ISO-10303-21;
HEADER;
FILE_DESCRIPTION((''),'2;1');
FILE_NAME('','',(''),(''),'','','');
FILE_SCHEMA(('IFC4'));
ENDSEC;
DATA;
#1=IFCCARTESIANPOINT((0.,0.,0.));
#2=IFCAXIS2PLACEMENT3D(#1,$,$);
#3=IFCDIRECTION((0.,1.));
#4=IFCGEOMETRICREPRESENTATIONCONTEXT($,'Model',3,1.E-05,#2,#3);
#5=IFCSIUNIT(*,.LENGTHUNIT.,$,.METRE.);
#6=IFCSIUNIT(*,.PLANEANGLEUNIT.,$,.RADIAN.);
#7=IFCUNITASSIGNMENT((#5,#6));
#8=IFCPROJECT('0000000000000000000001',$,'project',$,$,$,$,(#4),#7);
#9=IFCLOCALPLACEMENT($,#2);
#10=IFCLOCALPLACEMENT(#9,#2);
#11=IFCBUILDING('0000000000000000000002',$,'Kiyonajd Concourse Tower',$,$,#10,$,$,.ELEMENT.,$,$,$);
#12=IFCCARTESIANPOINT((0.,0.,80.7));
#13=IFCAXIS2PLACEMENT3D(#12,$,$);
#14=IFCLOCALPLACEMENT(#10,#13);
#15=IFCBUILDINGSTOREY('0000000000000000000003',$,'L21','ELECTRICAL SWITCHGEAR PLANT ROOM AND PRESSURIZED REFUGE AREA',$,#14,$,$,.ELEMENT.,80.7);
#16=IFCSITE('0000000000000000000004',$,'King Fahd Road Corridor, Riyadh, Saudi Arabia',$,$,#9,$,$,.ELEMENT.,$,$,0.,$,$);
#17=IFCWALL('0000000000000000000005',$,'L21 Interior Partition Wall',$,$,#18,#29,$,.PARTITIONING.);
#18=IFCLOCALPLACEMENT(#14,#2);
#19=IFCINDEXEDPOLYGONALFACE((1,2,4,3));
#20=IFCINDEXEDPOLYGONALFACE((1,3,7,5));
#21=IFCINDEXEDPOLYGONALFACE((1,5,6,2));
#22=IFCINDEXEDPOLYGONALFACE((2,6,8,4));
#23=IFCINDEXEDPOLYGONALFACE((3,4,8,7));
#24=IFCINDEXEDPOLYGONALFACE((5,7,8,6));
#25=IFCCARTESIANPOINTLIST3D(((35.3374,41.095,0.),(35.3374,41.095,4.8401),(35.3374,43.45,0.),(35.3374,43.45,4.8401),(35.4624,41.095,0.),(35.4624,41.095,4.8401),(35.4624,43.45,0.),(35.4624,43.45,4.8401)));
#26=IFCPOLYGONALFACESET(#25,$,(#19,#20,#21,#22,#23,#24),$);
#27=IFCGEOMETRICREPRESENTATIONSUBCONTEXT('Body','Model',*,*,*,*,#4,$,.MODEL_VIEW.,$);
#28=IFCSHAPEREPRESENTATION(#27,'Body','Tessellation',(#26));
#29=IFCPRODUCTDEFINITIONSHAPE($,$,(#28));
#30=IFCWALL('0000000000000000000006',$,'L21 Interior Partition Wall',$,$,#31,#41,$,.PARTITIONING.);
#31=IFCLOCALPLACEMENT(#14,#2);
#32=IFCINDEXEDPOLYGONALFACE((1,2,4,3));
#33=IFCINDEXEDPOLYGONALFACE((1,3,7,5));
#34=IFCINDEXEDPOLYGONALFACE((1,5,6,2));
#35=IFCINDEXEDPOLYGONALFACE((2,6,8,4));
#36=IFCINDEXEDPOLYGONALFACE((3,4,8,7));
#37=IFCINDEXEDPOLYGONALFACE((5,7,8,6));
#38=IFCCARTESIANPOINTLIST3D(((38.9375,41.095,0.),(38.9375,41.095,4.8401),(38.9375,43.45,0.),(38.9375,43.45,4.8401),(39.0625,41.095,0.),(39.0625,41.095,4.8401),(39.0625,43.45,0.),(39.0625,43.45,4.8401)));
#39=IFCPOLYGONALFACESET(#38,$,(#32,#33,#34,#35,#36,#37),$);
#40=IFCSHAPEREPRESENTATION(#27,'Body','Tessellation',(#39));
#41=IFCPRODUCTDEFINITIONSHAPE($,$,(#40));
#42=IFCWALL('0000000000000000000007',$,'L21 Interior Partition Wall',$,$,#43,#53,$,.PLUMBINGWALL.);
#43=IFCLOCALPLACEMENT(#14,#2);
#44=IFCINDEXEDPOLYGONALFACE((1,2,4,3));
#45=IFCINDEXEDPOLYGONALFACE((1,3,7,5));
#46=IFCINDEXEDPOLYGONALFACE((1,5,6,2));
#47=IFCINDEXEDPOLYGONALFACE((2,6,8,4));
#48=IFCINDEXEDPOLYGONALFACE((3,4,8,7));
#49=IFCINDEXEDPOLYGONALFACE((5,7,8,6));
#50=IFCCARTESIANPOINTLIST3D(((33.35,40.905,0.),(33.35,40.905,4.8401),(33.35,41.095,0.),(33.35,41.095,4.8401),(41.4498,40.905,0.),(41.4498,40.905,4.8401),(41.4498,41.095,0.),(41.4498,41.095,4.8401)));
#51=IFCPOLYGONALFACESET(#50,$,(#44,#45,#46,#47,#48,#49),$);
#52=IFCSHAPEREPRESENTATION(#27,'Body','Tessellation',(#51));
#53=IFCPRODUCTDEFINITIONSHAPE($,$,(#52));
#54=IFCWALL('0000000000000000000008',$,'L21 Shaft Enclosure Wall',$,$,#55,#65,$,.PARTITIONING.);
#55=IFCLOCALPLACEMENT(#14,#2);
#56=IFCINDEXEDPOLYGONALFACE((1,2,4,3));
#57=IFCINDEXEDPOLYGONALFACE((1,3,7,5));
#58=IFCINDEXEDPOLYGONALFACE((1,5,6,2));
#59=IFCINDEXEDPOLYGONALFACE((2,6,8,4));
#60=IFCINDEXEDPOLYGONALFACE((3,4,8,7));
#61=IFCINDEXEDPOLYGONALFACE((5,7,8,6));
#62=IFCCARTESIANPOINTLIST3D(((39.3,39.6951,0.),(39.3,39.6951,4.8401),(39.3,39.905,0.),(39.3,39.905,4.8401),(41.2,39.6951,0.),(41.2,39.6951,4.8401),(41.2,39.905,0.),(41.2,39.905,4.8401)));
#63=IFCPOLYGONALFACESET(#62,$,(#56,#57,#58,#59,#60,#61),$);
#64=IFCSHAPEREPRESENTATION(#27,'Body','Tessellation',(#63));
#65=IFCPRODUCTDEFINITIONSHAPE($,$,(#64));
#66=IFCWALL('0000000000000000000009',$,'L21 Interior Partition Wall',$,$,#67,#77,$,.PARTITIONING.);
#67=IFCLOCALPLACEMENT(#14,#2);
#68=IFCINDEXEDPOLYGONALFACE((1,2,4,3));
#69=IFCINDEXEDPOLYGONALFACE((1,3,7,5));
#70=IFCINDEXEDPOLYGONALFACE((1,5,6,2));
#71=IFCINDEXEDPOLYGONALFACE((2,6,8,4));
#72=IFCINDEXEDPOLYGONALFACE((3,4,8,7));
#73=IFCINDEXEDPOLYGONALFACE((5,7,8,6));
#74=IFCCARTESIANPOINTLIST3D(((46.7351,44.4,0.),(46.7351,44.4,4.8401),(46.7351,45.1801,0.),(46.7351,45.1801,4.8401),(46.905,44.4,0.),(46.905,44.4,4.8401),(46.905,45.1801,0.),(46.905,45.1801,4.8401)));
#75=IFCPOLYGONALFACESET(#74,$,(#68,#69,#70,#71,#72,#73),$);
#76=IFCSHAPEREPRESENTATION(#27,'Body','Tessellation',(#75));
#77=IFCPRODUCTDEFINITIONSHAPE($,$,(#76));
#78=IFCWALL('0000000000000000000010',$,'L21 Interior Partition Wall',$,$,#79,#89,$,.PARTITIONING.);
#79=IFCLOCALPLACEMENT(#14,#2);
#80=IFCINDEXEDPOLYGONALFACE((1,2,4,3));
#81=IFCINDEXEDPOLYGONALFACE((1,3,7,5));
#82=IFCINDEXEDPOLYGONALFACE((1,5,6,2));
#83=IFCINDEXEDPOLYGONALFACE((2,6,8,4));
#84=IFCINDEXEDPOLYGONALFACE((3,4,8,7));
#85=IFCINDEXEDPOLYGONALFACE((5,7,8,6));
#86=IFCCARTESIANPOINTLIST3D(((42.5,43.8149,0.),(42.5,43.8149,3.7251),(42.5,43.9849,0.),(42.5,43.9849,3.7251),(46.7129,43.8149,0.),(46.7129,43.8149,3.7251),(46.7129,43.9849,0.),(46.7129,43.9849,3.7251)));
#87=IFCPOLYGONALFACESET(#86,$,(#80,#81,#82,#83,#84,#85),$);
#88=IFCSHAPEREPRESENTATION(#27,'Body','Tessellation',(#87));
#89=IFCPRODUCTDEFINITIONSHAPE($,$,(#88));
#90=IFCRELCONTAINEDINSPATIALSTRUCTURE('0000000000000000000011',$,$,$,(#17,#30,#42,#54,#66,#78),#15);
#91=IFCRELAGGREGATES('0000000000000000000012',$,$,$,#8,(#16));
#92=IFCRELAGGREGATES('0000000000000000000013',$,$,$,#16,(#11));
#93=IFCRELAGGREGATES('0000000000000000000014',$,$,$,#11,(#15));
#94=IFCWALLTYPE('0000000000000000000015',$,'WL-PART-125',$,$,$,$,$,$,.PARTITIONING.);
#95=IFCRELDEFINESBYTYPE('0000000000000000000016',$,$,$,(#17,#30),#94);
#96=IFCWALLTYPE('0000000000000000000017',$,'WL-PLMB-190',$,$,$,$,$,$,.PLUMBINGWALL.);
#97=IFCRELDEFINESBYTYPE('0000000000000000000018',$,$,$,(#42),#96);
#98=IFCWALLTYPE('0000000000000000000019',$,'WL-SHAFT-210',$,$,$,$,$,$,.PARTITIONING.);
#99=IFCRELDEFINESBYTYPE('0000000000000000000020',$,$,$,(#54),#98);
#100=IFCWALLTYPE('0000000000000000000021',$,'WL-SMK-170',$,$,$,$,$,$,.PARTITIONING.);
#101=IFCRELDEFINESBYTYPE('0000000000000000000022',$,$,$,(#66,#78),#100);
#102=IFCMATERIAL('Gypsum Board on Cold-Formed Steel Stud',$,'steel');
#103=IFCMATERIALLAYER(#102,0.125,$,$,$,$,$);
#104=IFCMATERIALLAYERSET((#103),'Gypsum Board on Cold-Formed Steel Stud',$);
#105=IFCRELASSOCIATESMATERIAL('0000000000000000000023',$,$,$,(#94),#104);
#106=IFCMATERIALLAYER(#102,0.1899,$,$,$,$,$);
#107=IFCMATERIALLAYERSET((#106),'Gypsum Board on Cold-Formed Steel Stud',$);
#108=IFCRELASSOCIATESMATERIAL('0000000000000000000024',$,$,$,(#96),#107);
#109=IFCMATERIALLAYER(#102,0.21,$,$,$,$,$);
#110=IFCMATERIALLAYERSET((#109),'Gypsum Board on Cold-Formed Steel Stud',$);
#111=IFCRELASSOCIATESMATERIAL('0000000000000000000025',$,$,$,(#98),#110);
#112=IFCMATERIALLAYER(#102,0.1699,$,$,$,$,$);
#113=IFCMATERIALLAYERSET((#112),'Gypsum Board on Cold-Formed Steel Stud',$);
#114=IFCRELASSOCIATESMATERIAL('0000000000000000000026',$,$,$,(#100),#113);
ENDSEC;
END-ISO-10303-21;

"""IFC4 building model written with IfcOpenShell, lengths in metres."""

from ifc_helpers import new_model, si_unit, direction, frame, frame_2d, origin, place, context, subcontext, project, spatial, rectangle, extrude, material, layer, layer_set, type_object, element, save


model = new_model("IFC4")

# Units and contexts
model_context = context("Model", 3, precision=1e-05, world=origin(), true_north=direction((0.0, 1.0)))
body_context = subcontext(model_context, "Body", "Model", "MODEL_VIEW")
ifc_project = project(units=[si_unit("LENGTHUNIT", "METRE"), si_unit("PLANEANGLEUNIT", "RADIAN")], contexts=[model_context])

# Site, building, storey
site_placement = place(None, origin())
site = spatial("IfcSite", under=ifc_project, at=site_placement, Name="King Fahd Road Corridor, Riyadh, Saudi Arabia", CompositionType="ELEMENT", RefElevation=0.0)
building_placement = place(site_placement, origin())
building = spatial("IfcBuilding", under=site, at=building_placement, Name="Kiyonajd Concourse Tower", CompositionType="ELEMENT")
storey_placement = place(building_placement, frame((0.0, 0.0, 80.7)))
storey = spatial("IfcBuildingStorey", under=building, at=storey_placement, Name="L21", Description="ELECTRICAL SWITCHGEAR PLANT ROOM AND PRESSURIZED REFUGE AREA", CompositionType="ELEMENT", Elevation=80.7)

# Walls
ifc_material_1 = material(Name="Gypsum Board on Cold-Formed Steel Stud", Category="steel")
ifc_layer_1 = layer(ifc_material_1, 0.125)
ifc_layer_set_1 = layer_set([ifc_layer_1], Name="Gypsum Board on Cold-Formed Steel Stud")
wall_type_1 = type_object("IfcWallType", Name="WL-PART-125", PredefinedType="PARTITIONING", material=ifc_layer_set_1)
for number, where, z_axis, x_axis, name in (
    (1, (35.3999, 41.095, 0.0), (0.0, 0.0, 1.0), (0.0, 1.0, 0.0), "L21 Interior Partition Wall"),
    (2, (39.0, 41.095, 0.0), (0.0, 0.0, 1.0), (0.0, 1.0, 0.0), "L21 Interior Partition Wall"),
):
    element("IfcWall", number, at=place(storey_placement, frame(where, z_axis=z_axis, x_axis=x_axis)), inside=storey, type_object=wall_type_1, Name=name, PredefinedType="PARTITIONING", context=body_context, shape_type="SweptSolid", body=[
        extrude(rectangle(XDim=2.355, YDim=0.125, at=frame_2d((1.1775, 0.0))), origin(), (0.0, 0.0, 1.0), 4.8401),
    ])
ifc_layer_2 = layer(ifc_material_1, 0.1899)
ifc_layer_set_2 = layer_set([ifc_layer_2], Name="Gypsum Board on Cold-Formed Steel Stud")
wall_type_2 = type_object("IfcWallType", Name="WL-PLMB-190", PredefinedType="PLUMBINGWALL", material=ifc_layer_set_2)
wall_1_placement = place(storey_placement, frame((33.3501, 41.0, 0.0), z_axis=(0.0, 0.0, 1.0), x_axis=(1.0, 0.0, 0.0)))
element("IfcWall", 3, at=wall_1_placement, inside=storey, type_object=wall_type_2, Name="L21 Interior Partition Wall", PredefinedType="PLUMBINGWALL", context=body_context, shape_type="SweptSolid", body=[
    extrude(rectangle(XDim=8.0999, YDim=0.1899, at=frame_2d((4.0498, 0.0))), origin(), (0.0, 0.0, 1.0), 4.8401),
])
ifc_layer_3 = layer(ifc_material_1, 0.21)
ifc_layer_set_3 = layer_set([ifc_layer_3], Name="Gypsum Board on Cold-Formed Steel Stud")
wall_type_3 = type_object("IfcWallType", Name="WL-SHAFT-210", PredefinedType="PARTITIONING", material=ifc_layer_set_3)
wall_2_placement = place(storey_placement, frame((39.3, 39.8, 0.0), z_axis=(0.0, 0.0, 1.0), x_axis=(1.0, 0.0, 0.0)))
element("IfcWall", 4, at=wall_2_placement, inside=storey, type_object=wall_type_3, Name="L21 Shaft Enclosure Wall", PredefinedType="PARTITIONING", context=body_context, shape_type="SweptSolid", body=[
    extrude(rectangle(XDim=1.8999, YDim=0.21, at=frame_2d((0.95, 0.0))), origin(), (0.0, 0.0, 1.0), 4.8401),
])
ifc_layer_4 = layer(ifc_material_1, 0.1699)
ifc_layer_set_4 = layer_set([ifc_layer_4], Name="Gypsum Board on Cold-Formed Steel Stud")
wall_type_4 = type_object("IfcWallType", Name="WL-SMK-170", PredefinedType="PARTITIONING", material=ifc_layer_set_4)
wall_3_placement = place(storey_placement, frame((46.8201, 44.3999, 0.0), z_axis=(0.0, 0.0, 1.0), x_axis=(0.0, 1.0, 0.0)))
element("IfcWall", 5, at=wall_3_placement, inside=storey, type_object=wall_type_4, Name="L21 Interior Partition Wall", PredefinedType="PARTITIONING", context=body_context, shape_type="SweptSolid", body=[
    extrude(rectangle(XDim=0.78, YDim=0.1699, at=frame_2d((0.3901, 0.0))), origin(), (0.0, 0.0, 1.0), 4.8401),
])
wall_4_placement = place(storey_placement, frame((42.5, 43.8999, 0.0), z_axis=(0.0, 0.0, 1.0), x_axis=(1.0, 0.0, 0.0)))
element("IfcWall", 6, at=wall_4_placement, inside=storey, type_object=wall_type_4, Name="L21 Interior Partition Wall", PredefinedType="PARTITIONING", context=body_context, shape_type="SweptSolid", body=[
    extrude(rectangle(XDim=4.2129, YDim=0.1699, at=frame_2d((2.1064, 0.0))), origin(), (0.0, 0.0, 1.0), 3.7251),
])

save(model, "model.ifc")
